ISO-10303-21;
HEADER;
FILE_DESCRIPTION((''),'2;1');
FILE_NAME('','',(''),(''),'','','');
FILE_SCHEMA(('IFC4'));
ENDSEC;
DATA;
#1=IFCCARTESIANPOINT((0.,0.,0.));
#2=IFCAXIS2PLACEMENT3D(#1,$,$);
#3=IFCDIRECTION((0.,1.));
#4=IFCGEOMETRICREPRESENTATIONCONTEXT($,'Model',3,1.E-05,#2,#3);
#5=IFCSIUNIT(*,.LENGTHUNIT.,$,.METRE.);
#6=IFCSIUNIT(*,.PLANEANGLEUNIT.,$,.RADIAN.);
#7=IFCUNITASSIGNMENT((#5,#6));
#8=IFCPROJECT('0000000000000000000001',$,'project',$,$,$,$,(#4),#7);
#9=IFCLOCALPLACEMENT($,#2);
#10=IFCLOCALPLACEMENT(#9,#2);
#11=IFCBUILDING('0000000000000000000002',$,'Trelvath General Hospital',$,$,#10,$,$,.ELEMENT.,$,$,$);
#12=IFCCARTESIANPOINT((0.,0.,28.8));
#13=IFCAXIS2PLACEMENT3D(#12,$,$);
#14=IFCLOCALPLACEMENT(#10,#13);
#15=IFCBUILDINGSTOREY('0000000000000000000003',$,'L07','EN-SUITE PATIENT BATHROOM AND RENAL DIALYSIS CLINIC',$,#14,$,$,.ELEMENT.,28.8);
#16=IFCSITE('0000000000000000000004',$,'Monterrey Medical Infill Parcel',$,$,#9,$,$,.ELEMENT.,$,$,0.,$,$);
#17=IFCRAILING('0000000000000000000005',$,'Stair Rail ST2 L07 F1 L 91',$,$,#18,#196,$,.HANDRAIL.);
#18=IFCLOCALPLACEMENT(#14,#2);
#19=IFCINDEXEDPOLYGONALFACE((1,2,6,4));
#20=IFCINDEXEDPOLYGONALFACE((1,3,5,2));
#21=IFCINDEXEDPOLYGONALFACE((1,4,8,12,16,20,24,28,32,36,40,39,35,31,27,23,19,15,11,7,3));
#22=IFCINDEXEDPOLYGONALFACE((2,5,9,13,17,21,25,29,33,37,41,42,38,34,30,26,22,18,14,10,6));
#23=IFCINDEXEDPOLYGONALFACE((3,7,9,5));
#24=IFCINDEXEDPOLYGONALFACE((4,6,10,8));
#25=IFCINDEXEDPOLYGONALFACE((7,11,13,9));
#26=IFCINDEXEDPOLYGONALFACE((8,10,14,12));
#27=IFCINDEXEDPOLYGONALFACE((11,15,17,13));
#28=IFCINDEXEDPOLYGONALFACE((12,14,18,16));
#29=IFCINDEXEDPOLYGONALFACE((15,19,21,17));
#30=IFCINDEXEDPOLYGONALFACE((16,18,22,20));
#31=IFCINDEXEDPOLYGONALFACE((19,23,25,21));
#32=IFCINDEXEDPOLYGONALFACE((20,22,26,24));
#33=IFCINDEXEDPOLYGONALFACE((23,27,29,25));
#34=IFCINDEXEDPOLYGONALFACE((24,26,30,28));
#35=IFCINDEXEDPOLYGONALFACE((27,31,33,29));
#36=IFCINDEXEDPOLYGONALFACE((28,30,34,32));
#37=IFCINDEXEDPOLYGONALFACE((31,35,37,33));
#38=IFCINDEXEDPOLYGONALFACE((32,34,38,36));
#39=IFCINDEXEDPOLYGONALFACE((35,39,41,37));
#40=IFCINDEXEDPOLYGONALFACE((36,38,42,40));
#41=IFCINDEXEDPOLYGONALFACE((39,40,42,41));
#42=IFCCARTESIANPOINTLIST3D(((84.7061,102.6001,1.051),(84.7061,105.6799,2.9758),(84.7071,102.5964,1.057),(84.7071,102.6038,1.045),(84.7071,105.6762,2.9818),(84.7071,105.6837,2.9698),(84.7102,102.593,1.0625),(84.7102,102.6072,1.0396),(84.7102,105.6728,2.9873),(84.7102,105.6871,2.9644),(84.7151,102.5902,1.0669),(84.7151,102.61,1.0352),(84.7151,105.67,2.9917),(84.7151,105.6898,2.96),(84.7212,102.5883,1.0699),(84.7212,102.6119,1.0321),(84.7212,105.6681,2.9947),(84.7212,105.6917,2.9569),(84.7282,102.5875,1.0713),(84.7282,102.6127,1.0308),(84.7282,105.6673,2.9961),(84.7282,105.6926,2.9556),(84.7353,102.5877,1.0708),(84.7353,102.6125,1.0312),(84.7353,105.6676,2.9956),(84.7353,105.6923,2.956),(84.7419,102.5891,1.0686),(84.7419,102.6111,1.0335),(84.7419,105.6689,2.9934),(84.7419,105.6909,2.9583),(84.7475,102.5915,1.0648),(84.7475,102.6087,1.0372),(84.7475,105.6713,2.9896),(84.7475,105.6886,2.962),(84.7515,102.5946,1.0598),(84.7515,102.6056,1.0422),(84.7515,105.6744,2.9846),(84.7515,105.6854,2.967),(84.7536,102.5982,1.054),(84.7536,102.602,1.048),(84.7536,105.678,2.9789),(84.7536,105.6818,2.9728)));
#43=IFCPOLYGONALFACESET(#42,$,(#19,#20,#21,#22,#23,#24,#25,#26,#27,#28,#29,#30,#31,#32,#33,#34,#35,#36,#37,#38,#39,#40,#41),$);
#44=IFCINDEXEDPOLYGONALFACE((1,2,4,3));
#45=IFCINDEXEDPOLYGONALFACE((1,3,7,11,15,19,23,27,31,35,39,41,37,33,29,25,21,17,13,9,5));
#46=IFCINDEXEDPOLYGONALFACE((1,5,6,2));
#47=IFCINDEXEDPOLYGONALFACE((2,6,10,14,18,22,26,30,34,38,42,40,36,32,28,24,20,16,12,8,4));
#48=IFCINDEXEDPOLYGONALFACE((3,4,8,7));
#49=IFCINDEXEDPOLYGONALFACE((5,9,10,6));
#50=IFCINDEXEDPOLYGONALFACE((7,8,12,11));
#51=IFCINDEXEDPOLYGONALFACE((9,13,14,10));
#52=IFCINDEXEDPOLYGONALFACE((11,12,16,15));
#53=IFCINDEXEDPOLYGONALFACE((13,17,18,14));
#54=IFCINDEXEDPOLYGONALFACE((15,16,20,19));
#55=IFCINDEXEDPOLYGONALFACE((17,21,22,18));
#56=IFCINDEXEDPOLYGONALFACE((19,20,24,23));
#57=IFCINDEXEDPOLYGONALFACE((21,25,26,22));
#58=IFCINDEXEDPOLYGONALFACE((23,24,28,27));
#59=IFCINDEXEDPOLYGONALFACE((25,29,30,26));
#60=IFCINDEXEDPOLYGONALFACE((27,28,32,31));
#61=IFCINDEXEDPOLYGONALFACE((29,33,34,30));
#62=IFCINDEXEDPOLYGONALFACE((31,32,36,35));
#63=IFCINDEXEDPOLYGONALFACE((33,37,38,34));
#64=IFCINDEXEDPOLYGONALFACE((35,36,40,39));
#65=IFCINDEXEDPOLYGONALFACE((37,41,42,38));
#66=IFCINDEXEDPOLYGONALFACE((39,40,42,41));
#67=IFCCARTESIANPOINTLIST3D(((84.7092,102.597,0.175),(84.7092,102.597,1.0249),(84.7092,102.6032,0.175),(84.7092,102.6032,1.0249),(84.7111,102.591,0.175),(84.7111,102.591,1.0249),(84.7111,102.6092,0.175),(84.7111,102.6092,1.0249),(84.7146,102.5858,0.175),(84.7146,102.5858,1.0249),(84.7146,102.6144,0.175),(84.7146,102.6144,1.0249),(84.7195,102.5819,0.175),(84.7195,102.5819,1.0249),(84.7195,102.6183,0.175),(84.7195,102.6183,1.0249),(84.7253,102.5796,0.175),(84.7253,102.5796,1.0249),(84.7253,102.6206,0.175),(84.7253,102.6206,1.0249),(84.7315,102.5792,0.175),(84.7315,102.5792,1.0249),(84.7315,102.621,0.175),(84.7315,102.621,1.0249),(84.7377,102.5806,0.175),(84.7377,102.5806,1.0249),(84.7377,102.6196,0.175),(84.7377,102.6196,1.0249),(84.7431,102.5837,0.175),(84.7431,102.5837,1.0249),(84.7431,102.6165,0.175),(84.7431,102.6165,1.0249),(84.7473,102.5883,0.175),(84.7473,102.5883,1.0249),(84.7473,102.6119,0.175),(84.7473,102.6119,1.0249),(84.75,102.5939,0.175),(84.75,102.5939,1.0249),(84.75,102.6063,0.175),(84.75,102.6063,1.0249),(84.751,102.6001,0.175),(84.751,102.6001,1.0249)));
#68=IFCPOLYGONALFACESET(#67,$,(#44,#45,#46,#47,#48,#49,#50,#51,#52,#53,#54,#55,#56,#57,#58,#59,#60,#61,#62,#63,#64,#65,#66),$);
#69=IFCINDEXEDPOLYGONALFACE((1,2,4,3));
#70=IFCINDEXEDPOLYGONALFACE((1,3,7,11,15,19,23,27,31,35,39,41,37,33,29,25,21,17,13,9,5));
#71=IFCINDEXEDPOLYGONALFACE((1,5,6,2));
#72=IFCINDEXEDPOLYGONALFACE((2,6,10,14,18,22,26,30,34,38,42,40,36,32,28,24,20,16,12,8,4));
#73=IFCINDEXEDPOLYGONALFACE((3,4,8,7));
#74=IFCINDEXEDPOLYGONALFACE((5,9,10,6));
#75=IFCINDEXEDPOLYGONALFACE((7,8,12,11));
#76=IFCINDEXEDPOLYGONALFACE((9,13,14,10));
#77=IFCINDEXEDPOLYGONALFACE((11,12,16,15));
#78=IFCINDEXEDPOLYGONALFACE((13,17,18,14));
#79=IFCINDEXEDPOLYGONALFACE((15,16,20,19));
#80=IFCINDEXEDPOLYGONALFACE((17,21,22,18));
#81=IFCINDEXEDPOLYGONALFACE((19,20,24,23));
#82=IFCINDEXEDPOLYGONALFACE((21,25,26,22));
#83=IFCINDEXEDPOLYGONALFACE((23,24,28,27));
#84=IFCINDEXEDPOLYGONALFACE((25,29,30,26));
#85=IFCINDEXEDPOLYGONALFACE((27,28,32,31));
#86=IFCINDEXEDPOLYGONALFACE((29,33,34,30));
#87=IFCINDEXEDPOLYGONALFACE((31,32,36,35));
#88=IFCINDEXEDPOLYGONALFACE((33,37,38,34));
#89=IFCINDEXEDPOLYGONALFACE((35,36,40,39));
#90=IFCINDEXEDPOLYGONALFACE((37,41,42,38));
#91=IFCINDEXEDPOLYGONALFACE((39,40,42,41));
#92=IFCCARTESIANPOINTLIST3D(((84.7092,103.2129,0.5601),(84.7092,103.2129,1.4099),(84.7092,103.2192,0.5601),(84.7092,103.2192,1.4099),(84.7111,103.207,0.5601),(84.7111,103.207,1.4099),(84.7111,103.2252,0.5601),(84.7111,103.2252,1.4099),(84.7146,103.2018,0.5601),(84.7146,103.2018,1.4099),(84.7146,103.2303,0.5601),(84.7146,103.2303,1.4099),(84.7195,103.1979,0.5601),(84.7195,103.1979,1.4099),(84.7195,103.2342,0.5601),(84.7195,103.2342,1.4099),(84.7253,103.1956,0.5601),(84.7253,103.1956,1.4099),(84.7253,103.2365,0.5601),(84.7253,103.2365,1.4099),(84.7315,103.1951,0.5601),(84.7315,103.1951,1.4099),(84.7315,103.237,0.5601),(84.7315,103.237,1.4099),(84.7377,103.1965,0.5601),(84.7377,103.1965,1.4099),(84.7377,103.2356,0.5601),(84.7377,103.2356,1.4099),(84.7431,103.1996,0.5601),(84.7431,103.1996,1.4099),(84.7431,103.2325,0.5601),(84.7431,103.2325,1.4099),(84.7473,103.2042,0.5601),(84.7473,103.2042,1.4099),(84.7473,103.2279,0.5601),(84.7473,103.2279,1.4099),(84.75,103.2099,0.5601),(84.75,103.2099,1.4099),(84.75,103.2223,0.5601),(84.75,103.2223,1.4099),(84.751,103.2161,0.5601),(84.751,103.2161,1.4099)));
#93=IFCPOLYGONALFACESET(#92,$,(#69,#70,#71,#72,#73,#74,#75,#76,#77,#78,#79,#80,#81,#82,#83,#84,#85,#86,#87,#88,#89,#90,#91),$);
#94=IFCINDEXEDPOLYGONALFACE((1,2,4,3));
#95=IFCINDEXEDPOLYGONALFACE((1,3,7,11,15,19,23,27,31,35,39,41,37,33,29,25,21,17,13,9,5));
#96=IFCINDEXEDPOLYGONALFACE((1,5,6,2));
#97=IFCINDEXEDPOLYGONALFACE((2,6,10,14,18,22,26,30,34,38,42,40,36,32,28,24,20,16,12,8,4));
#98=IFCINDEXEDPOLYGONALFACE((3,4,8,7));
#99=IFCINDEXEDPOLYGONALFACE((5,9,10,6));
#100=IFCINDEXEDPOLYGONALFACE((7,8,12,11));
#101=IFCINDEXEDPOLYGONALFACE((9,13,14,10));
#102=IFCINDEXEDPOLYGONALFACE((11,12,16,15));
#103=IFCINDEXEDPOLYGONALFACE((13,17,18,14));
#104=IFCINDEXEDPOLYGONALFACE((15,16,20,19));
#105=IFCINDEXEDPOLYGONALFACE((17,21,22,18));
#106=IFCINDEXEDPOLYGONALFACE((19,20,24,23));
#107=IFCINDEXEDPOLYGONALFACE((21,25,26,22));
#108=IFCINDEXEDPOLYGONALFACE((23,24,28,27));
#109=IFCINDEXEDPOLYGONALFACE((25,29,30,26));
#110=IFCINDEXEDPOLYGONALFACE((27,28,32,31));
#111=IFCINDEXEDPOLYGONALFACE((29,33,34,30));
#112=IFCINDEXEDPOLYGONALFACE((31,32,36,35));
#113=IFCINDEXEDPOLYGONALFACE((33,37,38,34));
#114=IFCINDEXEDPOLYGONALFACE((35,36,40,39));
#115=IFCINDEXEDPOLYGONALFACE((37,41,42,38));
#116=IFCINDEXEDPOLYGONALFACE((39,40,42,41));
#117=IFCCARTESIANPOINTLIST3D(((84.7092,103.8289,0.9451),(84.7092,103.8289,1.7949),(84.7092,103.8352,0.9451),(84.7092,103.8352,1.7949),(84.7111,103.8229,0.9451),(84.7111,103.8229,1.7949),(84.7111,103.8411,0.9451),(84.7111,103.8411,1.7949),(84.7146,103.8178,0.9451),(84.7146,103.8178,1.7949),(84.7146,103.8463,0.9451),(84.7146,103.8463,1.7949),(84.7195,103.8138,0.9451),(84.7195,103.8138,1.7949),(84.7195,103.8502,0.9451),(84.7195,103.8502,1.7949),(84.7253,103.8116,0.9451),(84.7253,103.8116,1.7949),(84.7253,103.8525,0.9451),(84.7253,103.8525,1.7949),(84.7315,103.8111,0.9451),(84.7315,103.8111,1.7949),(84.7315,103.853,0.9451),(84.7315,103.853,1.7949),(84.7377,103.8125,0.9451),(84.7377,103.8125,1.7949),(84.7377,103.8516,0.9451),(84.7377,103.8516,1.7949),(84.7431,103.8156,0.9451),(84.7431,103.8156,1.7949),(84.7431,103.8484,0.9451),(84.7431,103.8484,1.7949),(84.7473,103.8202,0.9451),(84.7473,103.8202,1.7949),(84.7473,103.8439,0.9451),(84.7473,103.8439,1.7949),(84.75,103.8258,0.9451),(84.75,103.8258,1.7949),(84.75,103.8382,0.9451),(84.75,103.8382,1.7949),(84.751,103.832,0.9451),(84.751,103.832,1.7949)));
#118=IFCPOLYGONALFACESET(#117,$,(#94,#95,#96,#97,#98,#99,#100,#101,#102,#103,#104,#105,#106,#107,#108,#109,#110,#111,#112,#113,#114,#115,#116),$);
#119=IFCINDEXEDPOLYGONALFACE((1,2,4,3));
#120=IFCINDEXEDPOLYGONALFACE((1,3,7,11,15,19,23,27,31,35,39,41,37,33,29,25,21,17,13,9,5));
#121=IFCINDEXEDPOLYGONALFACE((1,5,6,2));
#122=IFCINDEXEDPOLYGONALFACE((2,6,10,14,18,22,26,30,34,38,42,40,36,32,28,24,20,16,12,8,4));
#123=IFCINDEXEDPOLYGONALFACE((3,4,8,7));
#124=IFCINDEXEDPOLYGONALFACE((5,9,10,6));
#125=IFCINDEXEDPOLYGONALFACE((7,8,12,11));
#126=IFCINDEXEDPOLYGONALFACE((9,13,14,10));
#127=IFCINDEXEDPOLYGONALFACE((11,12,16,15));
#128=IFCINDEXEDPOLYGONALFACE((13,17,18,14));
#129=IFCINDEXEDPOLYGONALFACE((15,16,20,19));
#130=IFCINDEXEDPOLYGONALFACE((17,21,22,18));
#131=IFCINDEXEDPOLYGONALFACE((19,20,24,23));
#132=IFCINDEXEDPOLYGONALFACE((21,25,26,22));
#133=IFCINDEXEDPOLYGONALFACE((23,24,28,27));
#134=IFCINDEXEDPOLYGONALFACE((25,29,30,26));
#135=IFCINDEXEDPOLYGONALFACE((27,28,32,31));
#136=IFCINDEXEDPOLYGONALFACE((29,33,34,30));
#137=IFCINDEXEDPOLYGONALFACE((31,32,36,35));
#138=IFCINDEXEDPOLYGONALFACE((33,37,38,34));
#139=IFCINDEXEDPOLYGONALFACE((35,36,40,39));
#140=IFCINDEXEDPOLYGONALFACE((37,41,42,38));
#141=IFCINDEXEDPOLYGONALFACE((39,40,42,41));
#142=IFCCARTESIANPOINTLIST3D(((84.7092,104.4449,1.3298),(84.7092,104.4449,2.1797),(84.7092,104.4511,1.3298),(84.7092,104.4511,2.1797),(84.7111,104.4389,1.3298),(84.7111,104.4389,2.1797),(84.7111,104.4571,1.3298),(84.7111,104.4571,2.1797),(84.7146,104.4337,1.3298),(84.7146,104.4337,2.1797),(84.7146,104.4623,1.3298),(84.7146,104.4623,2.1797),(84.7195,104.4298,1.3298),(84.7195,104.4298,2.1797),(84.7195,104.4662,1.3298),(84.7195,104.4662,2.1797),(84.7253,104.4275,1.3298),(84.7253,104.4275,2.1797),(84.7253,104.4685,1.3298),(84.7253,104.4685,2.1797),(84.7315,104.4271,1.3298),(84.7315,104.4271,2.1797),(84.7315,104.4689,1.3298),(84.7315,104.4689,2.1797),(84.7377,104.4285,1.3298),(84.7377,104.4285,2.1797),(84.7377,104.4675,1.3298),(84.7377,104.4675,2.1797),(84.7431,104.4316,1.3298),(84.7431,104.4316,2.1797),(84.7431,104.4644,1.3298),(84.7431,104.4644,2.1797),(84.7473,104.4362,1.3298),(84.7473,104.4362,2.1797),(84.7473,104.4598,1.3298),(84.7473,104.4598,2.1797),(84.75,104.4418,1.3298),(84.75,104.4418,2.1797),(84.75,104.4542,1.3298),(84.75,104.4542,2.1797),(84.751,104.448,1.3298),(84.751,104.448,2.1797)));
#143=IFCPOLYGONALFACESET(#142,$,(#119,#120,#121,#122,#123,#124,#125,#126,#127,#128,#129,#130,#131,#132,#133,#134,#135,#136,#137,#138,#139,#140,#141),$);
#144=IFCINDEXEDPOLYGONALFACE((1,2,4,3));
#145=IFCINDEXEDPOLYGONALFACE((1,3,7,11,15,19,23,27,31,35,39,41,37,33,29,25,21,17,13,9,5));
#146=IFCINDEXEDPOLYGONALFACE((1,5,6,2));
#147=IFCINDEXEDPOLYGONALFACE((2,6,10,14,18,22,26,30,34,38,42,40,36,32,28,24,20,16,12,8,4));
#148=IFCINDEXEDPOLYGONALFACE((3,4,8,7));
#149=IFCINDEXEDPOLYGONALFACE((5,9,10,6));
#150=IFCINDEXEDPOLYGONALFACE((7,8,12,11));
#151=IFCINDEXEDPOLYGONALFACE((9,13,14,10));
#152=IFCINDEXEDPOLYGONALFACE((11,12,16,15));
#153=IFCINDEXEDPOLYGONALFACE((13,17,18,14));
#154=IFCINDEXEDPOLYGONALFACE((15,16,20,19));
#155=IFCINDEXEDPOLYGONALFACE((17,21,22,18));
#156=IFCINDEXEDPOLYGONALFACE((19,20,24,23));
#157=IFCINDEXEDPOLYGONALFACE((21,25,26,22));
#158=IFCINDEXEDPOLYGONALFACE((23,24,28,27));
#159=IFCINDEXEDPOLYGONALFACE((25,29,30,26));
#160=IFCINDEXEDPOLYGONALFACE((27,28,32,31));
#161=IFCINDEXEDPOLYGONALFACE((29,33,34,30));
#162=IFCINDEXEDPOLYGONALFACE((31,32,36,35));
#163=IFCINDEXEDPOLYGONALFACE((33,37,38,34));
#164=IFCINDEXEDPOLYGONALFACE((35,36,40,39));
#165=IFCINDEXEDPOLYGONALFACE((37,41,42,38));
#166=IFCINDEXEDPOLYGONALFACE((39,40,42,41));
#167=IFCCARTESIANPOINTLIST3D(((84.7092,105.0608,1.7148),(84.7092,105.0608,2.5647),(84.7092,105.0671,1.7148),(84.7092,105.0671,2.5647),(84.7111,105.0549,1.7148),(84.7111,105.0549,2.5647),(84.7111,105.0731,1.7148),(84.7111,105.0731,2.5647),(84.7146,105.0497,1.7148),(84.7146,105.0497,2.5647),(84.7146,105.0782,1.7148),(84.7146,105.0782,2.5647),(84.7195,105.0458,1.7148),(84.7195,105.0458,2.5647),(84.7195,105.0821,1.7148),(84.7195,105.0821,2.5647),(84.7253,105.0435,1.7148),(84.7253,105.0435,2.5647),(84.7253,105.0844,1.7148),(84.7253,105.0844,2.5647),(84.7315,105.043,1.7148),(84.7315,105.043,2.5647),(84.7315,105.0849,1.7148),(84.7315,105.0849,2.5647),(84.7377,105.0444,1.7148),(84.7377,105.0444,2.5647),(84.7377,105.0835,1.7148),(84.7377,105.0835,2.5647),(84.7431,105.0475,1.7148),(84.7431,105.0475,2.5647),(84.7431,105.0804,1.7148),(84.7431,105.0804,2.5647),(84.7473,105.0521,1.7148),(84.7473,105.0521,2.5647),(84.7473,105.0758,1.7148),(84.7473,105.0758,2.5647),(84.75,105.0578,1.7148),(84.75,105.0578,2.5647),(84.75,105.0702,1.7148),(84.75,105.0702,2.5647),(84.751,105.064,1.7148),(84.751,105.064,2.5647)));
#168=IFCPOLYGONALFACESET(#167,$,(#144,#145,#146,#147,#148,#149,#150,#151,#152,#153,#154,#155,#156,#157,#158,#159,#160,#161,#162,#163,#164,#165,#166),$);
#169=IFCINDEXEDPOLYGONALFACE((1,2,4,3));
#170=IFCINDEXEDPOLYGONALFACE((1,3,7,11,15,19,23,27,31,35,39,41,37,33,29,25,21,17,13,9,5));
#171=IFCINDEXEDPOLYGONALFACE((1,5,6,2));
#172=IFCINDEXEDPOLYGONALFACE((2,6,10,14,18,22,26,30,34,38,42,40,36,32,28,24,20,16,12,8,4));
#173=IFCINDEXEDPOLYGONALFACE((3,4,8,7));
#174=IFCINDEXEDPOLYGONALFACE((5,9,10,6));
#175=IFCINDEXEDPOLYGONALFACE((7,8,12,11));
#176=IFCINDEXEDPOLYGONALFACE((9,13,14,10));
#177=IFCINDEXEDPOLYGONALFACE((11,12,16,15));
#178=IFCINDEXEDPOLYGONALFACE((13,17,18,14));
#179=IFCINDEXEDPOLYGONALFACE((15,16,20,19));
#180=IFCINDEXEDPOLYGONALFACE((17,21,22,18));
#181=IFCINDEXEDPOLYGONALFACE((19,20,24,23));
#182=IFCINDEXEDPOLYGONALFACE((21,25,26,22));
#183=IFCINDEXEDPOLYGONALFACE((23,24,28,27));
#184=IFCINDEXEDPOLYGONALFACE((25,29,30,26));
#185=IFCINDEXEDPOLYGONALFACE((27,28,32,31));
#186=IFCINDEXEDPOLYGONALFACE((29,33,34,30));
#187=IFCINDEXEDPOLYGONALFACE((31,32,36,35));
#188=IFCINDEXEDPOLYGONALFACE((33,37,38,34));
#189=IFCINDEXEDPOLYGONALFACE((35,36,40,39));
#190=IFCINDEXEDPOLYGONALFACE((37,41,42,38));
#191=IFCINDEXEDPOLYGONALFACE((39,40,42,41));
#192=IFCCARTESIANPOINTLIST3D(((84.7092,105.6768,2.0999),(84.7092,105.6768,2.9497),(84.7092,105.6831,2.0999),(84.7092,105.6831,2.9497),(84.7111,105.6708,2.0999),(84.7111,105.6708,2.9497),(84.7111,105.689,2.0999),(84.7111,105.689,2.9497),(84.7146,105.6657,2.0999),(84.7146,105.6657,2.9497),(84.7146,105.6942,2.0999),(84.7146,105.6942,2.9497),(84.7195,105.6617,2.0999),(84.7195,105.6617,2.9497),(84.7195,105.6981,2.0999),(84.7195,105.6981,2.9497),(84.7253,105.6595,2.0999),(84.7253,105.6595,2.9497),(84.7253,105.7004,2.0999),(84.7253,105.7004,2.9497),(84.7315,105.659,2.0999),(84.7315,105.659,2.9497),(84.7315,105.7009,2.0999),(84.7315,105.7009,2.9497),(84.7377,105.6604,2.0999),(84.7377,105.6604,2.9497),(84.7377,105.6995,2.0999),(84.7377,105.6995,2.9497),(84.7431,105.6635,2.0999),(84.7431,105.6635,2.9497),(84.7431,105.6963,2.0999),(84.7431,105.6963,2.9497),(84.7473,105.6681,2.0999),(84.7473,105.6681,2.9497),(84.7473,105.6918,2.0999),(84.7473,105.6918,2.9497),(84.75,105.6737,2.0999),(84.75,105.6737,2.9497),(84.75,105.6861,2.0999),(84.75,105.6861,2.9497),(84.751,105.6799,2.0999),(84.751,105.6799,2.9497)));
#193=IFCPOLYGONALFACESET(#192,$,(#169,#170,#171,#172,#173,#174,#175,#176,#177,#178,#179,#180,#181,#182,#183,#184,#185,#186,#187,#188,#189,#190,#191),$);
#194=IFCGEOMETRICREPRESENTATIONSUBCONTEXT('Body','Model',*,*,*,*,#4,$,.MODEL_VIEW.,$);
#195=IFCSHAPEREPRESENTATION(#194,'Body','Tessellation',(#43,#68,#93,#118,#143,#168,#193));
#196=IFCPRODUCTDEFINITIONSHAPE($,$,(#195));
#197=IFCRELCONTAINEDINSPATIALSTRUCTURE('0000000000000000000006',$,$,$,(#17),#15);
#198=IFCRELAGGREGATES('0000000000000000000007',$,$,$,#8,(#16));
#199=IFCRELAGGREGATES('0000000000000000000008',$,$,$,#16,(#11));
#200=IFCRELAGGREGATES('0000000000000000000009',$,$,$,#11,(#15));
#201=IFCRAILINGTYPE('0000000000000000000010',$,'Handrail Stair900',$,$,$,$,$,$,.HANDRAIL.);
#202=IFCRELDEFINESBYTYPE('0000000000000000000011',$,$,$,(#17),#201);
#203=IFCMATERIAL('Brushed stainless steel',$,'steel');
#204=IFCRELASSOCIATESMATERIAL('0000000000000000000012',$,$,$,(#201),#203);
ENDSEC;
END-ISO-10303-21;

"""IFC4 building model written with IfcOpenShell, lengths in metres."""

from ifc_helpers import new_model, si_unit, direction, frame, origin, origin_2d, place, context, subcontext, project, spatial, circle, extrude, material, type_object, element, save


model = new_model("IFC4")

# Units and contexts
model_context = context("Model", 3, precision=1e-05, world=origin(), true_north=direction((0.0, 1.0)))
body_context = subcontext(model_context, "Body", "Model", "MODEL_VIEW")
ifc_project = project(units=[si_unit("LENGTHUNIT", "METRE"), si_unit("PLANEANGLEUNIT", "RADIAN")], contexts=[model_context])

# Site, building, storey
site_placement = place(None, origin())
site = spatial("IfcSite", under=ifc_project, at=site_placement, Name="Monterrey Medical Infill Parcel", CompositionType="ELEMENT", RefElevation=0.0)
building_placement = place(site_placement, origin())
building = spatial("IfcBuilding", under=site, at=building_placement, Name="Trelvath General Hospital", CompositionType="ELEMENT")
storey_placement = place(building_placement, frame((0.0, 0.0, 28.8)))
storey = spatial("IfcBuildingStorey", under=building, at=storey_placement, Name="L07", Description="EN-SUITE PATIENT BATHROOM AND RENAL DIALYSIS CLINIC", CompositionType="ELEMENT", Elevation=28.8)

# Railing
ifc_material_1 = material(Name="Brushed stainless steel", Category="steel")
railing_type_1 = type_object("IfcRailingType", Name="Handrail Stair900", PredefinedType="HANDRAIL", material=ifc_material_1)
railing_1_placement = place(storey_placement, frame((84.73, 102.6001, 0.175)))
element("IfcRailing", 1, at=railing_1_placement, inside=storey, type_object=railing_type_1, Name="Stair Rail ST2 L07 F1 L 91", PredefinedType="HANDRAIL", context=body_context, shape_type="SweptSolid", body=[
    extrude(circle(Radius=0.0239, at=origin_2d()), frame((0.0, 0.0, 0.876), z_axis=(0.0, 0.84801, 0.529981), x_axis=(-1.0, 0.0, 0.0)), (0.0, 0.0, 1.0), 3.6318),
    extrude(circle(Radius=0.021, at=origin_2d()), origin(), (0.0, 0.0, 1.0), 0.8499),
    extrude(circle(Radius=0.021, at=origin_2d()), frame((0.0, 0.616, 0.385)), (0.0, 0.0, 1.0), 0.8499),
    extrude(circle(Radius=0.021, at=origin_2d()), frame((0.0, 1.2319, 0.77)), (0.0, 0.0, 1.0), 0.8499),
    extrude(circle(Radius=0.021, at=origin_2d()), frame((0.0, 1.8479, 1.1548)), (0.0, 0.0, 1.0), 0.8499),
    extrude(circle(Radius=0.021, at=origin_2d()), frame((0.0, 2.4639, 1.5398)), (0.0, 0.0, 1.0), 0.8499),
    extrude(circle(Radius=0.021, at=origin_2d()), frame((0.0, 3.0798, 1.9248)), (0.0, 0.0, 1.0), 0.8499),
])

save(model, "model.ifc")
